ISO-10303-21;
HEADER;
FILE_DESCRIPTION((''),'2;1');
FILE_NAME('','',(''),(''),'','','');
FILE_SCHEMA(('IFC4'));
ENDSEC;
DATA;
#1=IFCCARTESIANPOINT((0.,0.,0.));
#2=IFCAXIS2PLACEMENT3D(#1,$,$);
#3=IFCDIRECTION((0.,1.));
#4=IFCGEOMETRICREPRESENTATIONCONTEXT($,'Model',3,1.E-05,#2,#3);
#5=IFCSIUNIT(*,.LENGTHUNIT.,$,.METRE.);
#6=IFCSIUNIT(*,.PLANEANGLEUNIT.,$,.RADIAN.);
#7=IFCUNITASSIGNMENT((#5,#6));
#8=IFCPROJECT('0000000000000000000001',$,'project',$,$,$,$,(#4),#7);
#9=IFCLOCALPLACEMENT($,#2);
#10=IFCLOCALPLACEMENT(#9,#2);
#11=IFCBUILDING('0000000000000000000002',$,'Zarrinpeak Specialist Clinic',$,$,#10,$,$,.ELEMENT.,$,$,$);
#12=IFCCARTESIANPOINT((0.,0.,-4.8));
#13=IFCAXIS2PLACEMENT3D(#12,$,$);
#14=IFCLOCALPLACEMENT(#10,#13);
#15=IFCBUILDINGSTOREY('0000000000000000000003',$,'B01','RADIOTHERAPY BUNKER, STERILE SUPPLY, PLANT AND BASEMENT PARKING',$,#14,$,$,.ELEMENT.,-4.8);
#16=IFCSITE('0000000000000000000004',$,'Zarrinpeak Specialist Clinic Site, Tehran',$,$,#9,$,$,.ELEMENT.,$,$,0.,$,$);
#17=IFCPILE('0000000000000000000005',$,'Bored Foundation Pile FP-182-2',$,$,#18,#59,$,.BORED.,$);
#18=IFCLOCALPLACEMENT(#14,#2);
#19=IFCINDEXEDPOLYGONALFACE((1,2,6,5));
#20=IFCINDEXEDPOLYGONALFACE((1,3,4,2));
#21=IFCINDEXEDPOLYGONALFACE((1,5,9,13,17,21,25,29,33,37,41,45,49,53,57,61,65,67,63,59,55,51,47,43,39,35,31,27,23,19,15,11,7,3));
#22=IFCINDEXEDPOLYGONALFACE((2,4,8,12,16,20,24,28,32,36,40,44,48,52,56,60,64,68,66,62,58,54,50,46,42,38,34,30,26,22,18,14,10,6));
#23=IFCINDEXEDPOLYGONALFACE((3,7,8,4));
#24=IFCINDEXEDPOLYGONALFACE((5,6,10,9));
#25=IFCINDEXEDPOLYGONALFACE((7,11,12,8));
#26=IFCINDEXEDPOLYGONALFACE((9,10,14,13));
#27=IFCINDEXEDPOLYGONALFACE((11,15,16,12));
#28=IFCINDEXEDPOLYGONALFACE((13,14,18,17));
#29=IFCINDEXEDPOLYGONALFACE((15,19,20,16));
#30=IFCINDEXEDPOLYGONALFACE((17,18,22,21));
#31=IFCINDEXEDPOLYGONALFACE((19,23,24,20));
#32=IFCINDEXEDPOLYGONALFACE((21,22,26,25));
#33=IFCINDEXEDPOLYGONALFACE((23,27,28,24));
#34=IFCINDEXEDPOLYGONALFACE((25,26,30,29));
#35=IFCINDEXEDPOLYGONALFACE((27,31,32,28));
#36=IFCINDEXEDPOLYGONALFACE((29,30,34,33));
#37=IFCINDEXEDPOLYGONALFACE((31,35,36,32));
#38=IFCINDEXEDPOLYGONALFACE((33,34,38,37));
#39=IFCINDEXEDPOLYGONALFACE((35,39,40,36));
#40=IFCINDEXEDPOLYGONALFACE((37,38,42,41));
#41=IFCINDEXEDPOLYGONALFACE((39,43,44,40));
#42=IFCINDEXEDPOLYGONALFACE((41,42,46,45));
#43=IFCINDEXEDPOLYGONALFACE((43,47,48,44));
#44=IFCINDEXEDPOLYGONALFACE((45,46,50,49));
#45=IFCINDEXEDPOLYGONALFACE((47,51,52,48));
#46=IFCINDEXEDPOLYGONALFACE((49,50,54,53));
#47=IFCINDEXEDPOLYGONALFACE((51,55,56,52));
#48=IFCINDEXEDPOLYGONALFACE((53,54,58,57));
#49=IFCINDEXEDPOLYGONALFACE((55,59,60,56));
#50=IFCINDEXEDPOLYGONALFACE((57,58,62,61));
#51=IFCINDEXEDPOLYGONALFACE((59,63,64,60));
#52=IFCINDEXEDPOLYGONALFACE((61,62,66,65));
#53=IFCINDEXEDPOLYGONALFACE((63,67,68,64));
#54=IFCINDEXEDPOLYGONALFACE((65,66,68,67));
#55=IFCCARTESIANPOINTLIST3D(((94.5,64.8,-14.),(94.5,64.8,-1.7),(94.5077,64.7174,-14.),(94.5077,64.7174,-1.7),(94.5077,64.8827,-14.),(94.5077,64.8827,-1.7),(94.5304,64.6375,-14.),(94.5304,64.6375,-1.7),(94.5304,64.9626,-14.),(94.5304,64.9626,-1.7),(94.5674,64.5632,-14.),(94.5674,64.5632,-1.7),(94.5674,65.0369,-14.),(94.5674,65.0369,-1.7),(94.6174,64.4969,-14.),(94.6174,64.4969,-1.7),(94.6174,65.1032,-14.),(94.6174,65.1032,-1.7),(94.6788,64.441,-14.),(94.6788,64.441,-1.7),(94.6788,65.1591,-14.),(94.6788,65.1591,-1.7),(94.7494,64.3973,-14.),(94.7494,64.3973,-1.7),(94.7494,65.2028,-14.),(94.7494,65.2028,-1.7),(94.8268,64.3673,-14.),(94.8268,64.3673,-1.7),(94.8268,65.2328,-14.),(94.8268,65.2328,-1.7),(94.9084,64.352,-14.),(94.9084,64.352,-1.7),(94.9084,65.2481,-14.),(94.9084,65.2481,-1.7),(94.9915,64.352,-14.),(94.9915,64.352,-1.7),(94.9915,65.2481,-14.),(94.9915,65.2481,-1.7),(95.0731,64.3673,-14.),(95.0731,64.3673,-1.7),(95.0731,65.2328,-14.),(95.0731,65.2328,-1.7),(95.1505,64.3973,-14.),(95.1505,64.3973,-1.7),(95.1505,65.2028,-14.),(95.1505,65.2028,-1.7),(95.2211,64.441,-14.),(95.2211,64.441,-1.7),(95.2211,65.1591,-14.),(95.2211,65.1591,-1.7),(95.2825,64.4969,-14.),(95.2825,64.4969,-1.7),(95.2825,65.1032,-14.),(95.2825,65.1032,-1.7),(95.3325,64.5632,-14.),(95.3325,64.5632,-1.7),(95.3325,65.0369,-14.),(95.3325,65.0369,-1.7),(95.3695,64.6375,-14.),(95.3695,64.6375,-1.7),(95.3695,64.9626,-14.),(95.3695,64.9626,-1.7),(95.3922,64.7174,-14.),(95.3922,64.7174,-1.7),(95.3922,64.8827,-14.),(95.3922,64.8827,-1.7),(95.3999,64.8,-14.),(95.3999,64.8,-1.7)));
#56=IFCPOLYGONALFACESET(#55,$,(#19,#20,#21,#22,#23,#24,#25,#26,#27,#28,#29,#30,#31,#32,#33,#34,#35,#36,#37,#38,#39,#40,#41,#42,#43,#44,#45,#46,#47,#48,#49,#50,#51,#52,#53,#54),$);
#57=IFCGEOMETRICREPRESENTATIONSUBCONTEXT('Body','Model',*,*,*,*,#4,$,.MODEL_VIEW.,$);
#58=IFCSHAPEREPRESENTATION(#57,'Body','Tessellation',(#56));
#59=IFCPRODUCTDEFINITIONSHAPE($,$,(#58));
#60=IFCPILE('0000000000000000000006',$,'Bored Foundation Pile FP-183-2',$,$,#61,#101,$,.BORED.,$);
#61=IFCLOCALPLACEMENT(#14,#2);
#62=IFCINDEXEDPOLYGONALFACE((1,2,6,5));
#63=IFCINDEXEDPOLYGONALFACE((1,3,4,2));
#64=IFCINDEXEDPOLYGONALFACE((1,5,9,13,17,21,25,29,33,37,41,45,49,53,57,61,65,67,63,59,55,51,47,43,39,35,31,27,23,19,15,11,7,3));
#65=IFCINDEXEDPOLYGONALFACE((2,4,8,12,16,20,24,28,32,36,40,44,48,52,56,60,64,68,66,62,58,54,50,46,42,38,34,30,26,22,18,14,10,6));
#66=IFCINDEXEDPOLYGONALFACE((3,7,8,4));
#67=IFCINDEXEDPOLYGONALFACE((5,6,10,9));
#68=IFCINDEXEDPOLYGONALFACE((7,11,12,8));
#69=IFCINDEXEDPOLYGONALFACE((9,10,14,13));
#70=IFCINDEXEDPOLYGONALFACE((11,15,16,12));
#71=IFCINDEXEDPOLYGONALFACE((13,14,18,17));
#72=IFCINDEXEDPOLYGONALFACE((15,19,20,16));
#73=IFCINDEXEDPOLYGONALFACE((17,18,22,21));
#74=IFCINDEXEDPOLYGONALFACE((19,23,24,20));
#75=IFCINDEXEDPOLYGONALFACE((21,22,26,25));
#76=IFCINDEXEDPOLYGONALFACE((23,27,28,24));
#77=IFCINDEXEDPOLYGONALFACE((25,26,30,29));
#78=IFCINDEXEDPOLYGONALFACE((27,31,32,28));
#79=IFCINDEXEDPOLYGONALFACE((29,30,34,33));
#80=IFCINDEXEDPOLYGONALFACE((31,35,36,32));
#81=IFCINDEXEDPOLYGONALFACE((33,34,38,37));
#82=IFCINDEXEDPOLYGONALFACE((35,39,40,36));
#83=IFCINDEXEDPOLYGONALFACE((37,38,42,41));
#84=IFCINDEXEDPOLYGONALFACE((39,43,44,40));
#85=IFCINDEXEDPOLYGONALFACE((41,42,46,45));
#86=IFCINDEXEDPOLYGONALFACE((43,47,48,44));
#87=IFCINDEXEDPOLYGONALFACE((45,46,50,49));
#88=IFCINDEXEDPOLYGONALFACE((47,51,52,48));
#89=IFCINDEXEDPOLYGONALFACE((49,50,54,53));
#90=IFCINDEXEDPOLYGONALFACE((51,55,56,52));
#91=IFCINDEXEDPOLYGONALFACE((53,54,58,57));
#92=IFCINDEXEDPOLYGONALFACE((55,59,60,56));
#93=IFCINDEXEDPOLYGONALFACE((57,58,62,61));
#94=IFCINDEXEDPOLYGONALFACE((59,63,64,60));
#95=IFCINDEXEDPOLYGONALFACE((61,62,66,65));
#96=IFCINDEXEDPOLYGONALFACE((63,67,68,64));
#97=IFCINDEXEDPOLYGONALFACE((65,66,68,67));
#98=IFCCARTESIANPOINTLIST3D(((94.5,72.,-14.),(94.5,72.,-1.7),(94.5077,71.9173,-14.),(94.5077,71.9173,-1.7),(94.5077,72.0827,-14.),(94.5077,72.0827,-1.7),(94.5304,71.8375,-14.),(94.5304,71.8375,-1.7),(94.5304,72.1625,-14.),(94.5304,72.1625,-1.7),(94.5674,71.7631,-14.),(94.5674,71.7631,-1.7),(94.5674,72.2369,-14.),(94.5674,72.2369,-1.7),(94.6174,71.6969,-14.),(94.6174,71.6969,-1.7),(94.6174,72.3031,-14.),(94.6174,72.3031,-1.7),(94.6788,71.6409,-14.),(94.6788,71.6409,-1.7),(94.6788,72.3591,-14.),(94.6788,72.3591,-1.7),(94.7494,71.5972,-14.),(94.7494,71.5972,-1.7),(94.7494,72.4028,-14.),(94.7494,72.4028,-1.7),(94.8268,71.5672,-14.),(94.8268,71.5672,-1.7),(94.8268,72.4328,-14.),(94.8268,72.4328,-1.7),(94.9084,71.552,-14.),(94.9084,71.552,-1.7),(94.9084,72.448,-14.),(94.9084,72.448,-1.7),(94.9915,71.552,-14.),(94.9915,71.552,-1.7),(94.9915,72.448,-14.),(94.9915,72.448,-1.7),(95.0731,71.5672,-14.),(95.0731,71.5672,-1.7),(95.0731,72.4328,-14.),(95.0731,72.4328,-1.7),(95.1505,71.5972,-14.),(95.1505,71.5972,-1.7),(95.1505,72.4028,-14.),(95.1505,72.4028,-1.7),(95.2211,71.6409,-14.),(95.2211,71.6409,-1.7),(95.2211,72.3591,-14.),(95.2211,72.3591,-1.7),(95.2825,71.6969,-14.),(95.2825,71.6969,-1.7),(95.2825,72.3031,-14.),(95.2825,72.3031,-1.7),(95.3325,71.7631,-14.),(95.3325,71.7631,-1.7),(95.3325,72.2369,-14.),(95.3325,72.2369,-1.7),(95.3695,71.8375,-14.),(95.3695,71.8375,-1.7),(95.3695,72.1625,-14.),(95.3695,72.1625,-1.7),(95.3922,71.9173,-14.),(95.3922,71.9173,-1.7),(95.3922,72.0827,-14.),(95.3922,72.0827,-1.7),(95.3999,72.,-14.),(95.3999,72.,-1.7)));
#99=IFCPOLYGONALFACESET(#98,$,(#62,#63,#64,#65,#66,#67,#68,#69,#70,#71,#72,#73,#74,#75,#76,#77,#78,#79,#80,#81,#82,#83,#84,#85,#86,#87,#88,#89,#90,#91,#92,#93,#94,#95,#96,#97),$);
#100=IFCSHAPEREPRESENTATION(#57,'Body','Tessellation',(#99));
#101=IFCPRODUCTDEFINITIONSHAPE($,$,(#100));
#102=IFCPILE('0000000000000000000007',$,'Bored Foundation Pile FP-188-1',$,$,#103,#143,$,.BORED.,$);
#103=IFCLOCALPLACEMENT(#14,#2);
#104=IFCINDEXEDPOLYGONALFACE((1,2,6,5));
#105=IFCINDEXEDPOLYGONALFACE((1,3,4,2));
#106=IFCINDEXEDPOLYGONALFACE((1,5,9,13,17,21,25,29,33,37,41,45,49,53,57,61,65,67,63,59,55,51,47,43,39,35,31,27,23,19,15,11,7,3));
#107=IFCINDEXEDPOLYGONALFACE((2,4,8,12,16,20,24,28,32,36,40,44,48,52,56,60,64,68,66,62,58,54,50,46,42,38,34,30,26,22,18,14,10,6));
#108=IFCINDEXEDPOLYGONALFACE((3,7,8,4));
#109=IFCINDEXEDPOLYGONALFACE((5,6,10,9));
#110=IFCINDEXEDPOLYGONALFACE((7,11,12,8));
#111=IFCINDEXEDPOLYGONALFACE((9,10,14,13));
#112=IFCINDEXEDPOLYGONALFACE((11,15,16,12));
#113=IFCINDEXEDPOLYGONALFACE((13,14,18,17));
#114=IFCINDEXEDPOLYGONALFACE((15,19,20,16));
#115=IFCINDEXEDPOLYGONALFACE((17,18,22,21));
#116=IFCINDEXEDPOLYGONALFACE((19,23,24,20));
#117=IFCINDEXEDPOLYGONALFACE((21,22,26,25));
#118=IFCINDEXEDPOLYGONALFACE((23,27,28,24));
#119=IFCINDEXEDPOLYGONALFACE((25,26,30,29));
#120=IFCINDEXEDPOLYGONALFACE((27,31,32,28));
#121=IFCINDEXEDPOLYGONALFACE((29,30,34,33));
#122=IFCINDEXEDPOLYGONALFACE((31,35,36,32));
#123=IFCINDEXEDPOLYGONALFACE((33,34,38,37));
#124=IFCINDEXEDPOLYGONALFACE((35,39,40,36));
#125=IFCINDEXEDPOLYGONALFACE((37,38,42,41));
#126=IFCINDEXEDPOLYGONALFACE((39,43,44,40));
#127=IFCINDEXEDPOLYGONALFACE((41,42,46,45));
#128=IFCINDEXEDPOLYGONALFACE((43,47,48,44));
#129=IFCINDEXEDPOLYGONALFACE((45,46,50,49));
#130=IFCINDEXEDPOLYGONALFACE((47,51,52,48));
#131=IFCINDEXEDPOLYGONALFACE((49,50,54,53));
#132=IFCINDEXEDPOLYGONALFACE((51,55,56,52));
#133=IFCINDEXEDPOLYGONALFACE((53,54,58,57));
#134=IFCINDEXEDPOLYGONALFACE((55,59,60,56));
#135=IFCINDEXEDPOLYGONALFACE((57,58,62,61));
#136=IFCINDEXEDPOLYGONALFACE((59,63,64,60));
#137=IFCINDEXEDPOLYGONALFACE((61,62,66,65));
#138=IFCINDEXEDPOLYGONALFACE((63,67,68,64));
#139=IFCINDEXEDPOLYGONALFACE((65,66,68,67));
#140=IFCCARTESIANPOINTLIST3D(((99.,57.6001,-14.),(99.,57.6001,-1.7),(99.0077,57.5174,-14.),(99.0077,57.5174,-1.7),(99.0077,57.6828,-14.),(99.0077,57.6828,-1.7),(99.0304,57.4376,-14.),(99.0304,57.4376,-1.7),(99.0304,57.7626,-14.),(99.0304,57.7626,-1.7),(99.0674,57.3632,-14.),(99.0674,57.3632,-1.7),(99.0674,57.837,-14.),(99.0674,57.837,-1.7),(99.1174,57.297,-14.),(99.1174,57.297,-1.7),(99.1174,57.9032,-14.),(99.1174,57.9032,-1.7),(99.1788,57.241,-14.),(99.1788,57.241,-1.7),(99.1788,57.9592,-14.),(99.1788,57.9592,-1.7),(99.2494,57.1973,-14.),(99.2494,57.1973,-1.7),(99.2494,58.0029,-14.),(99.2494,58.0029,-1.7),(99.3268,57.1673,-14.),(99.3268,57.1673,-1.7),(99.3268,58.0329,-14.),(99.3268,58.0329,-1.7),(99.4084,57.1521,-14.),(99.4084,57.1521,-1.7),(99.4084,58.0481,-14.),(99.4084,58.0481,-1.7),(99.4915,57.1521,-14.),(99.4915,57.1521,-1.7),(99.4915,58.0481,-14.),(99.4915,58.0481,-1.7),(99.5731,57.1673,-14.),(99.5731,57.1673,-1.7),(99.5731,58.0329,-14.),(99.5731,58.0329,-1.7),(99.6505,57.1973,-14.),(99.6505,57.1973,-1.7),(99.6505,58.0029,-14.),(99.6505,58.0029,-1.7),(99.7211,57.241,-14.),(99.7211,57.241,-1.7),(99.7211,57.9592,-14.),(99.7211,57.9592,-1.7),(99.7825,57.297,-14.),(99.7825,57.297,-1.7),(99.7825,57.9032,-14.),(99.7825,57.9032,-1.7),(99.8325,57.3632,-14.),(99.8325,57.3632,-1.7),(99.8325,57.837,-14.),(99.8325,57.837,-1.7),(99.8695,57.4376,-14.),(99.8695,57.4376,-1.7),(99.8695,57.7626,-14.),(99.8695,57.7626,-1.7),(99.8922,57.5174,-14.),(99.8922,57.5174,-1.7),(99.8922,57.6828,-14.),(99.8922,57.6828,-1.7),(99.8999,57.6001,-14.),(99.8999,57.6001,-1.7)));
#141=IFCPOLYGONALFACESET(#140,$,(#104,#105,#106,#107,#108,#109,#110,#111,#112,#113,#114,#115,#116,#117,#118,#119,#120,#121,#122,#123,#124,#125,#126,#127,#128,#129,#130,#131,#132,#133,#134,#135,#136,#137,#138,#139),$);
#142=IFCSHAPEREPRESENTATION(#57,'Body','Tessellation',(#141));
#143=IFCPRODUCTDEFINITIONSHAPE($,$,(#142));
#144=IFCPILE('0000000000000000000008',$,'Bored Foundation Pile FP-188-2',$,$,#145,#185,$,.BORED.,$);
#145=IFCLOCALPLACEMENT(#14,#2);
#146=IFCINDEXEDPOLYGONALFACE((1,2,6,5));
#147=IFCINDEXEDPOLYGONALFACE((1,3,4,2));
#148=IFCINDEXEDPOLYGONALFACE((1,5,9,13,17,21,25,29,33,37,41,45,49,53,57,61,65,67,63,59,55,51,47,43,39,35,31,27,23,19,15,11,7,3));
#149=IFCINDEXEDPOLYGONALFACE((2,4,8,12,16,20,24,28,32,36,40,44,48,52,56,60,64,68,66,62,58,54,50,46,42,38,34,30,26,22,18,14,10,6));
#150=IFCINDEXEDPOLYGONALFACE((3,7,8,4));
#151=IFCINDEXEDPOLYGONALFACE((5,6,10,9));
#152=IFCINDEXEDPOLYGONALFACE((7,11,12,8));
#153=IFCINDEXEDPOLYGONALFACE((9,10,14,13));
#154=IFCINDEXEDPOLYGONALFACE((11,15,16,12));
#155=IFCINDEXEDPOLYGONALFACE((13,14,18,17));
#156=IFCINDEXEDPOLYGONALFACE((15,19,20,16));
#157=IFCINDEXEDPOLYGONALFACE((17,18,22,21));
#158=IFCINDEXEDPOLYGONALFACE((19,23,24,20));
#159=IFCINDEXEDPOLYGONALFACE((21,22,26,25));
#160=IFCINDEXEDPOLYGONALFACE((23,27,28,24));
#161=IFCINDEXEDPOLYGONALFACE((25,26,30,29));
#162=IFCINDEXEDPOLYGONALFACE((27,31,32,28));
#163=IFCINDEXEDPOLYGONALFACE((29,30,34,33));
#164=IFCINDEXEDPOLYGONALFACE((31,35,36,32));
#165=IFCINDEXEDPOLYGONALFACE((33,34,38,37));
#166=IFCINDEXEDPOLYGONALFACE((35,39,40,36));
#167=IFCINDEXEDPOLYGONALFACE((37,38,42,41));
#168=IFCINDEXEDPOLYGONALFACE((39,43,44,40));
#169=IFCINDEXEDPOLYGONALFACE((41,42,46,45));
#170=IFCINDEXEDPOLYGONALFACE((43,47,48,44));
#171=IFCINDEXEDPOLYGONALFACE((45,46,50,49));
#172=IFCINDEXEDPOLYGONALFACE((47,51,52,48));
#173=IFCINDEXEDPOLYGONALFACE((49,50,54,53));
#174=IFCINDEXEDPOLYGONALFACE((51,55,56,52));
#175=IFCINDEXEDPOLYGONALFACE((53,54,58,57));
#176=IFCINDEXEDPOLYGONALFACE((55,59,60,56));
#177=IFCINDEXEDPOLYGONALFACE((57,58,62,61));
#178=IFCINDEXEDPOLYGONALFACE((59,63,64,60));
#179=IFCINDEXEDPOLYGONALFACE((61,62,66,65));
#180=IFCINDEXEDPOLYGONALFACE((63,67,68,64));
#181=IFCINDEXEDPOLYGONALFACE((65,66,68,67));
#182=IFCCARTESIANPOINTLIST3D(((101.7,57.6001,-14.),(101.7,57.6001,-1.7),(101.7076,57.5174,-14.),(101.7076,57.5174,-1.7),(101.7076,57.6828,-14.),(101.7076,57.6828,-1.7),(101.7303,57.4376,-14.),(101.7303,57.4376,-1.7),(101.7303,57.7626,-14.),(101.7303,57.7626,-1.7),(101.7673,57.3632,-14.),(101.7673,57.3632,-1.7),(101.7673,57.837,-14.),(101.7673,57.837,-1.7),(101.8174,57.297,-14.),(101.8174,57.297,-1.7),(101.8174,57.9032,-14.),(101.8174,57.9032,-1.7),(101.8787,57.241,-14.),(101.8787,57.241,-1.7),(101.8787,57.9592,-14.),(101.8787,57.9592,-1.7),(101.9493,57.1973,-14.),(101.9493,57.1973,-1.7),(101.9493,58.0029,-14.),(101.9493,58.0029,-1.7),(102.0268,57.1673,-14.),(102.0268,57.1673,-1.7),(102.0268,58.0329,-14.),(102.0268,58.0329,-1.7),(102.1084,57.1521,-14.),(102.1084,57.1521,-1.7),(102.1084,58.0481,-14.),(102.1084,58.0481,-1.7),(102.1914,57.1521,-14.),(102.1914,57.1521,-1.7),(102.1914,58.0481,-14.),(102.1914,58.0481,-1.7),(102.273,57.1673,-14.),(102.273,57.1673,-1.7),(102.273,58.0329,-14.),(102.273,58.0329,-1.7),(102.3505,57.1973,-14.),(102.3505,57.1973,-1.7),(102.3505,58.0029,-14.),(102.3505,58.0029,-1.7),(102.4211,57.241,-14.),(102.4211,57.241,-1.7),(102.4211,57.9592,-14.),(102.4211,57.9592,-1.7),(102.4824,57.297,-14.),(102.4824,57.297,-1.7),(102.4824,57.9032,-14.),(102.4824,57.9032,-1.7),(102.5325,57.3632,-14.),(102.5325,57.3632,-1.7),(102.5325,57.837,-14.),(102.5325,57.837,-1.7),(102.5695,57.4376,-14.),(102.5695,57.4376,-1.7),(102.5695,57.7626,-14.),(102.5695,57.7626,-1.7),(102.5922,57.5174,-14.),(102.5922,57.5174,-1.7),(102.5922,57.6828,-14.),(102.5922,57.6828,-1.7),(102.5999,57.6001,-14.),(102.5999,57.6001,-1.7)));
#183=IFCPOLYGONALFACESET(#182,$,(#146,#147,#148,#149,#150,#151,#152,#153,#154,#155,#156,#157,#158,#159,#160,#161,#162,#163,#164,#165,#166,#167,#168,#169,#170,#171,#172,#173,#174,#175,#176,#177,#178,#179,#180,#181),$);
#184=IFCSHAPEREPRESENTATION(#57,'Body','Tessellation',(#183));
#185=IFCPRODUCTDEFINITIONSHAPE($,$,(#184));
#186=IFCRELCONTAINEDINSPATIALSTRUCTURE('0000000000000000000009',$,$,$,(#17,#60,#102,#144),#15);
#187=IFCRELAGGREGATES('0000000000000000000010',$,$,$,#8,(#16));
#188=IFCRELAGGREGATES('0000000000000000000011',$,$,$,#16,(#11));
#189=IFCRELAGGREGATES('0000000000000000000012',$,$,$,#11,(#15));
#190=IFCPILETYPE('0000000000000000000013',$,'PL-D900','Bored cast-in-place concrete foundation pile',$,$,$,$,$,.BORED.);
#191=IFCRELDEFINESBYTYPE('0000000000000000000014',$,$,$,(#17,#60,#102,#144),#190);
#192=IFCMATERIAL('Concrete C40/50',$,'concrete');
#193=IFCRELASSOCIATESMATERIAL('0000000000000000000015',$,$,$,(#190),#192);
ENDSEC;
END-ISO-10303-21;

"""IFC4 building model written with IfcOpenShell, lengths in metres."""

from ifc_helpers import new_model, si_unit, direction, frame, origin, origin_2d, place, context, subcontext, project, spatial, circle, extrude, material, material_profile, profile_set, type_object, element, save


model = new_model("IFC4")

# Units and contexts
model_context = context("Model", 3, precision=1e-05, world=origin(), true_north=direction((0.0, 1.0)))
body_context = subcontext(model_context, "Body", "Model", "MODEL_VIEW")
ifc_project = project(units=[si_unit("LENGTHUNIT", "METRE"), si_unit("PLANEANGLEUNIT", "RADIAN")], contexts=[model_context])

# Site, building, storey
site_placement = place(None, origin())
site = spatial("IfcSite", under=ifc_project, at=site_placement, Name="Zarrinpeak Specialist Clinic Site, Tehran", CompositionType="ELEMENT", RefElevation=0.0)
building_placement = place(site_placement, origin())
building = spatial("IfcBuilding", under=site, at=building_placement, Name="Zarrinpeak Specialist Clinic", CompositionType="ELEMENT")
storey_placement = place(building_placement, frame((0.0, 0.0, -4.8)))
storey = spatial("IfcBuildingStorey", under=building, at=storey_placement, Name="B01", Description="RADIOTHERAPY BUNKER, STERILE SUPPLY, PLANT AND BASEMENT PARKING", CompositionType="ELEMENT", Elevation=-4.8)

# Shared definitions
ifc_material = material(Name="Concrete C40/50", Category="concrete")

# Piles
ifc_material_profile_1 = material_profile(ifc_material, circle(Radius=0.45, at=origin_2d()), Name="BORED PILE D900")
ifc_profile_set_1 = profile_set([ifc_material_profile_1], Name="Concrete C40/50")
pile_type = type_object("IfcPileType", Name="PL-D900", Description="Bored cast-in-place concrete foundation pile", PredefinedType="BORED", material=ifc_profile_set_1)
for number, where, z_axis, x_axis, name in (
    (1, (94.95, 64.8, -1.7), (0.0, 0.0, -1.0), (1.0, 0.0, 0.0), "Bored Foundation Pile FP-182-2"),
    (2, (94.95, 72.0, -1.7), (0.0, 0.0, -1.0), (1.0, 0.0, 0.0), "Bored Foundation Pile FP-183-2"),
    (3, (99.45, 57.6001, -1.7), (0.0, 0.0, -1.0), (1.0, 0.0, 0.0), "Bored Foundation Pile FP-188-1"),
    (4, (102.1499, 57.6001, -1.7), (0.0, 0.0, -1.0), (1.0, 0.0, 0.0), "Bored Foundation Pile FP-188-2"),
):
    element("IfcPile", number, at=place(storey_placement, frame(where, z_axis=z_axis, x_axis=x_axis)), inside=storey, type_object=pile_type, Name=name, PredefinedType="BORED", context=body_context, shape_type="SweptSolid", body=[
        extrude(circle(Radius=0.45, at=origin_2d()), origin(), (0.0, 0.0, 1.0), 12.3),
    ])

save(model, "model.ifc")
